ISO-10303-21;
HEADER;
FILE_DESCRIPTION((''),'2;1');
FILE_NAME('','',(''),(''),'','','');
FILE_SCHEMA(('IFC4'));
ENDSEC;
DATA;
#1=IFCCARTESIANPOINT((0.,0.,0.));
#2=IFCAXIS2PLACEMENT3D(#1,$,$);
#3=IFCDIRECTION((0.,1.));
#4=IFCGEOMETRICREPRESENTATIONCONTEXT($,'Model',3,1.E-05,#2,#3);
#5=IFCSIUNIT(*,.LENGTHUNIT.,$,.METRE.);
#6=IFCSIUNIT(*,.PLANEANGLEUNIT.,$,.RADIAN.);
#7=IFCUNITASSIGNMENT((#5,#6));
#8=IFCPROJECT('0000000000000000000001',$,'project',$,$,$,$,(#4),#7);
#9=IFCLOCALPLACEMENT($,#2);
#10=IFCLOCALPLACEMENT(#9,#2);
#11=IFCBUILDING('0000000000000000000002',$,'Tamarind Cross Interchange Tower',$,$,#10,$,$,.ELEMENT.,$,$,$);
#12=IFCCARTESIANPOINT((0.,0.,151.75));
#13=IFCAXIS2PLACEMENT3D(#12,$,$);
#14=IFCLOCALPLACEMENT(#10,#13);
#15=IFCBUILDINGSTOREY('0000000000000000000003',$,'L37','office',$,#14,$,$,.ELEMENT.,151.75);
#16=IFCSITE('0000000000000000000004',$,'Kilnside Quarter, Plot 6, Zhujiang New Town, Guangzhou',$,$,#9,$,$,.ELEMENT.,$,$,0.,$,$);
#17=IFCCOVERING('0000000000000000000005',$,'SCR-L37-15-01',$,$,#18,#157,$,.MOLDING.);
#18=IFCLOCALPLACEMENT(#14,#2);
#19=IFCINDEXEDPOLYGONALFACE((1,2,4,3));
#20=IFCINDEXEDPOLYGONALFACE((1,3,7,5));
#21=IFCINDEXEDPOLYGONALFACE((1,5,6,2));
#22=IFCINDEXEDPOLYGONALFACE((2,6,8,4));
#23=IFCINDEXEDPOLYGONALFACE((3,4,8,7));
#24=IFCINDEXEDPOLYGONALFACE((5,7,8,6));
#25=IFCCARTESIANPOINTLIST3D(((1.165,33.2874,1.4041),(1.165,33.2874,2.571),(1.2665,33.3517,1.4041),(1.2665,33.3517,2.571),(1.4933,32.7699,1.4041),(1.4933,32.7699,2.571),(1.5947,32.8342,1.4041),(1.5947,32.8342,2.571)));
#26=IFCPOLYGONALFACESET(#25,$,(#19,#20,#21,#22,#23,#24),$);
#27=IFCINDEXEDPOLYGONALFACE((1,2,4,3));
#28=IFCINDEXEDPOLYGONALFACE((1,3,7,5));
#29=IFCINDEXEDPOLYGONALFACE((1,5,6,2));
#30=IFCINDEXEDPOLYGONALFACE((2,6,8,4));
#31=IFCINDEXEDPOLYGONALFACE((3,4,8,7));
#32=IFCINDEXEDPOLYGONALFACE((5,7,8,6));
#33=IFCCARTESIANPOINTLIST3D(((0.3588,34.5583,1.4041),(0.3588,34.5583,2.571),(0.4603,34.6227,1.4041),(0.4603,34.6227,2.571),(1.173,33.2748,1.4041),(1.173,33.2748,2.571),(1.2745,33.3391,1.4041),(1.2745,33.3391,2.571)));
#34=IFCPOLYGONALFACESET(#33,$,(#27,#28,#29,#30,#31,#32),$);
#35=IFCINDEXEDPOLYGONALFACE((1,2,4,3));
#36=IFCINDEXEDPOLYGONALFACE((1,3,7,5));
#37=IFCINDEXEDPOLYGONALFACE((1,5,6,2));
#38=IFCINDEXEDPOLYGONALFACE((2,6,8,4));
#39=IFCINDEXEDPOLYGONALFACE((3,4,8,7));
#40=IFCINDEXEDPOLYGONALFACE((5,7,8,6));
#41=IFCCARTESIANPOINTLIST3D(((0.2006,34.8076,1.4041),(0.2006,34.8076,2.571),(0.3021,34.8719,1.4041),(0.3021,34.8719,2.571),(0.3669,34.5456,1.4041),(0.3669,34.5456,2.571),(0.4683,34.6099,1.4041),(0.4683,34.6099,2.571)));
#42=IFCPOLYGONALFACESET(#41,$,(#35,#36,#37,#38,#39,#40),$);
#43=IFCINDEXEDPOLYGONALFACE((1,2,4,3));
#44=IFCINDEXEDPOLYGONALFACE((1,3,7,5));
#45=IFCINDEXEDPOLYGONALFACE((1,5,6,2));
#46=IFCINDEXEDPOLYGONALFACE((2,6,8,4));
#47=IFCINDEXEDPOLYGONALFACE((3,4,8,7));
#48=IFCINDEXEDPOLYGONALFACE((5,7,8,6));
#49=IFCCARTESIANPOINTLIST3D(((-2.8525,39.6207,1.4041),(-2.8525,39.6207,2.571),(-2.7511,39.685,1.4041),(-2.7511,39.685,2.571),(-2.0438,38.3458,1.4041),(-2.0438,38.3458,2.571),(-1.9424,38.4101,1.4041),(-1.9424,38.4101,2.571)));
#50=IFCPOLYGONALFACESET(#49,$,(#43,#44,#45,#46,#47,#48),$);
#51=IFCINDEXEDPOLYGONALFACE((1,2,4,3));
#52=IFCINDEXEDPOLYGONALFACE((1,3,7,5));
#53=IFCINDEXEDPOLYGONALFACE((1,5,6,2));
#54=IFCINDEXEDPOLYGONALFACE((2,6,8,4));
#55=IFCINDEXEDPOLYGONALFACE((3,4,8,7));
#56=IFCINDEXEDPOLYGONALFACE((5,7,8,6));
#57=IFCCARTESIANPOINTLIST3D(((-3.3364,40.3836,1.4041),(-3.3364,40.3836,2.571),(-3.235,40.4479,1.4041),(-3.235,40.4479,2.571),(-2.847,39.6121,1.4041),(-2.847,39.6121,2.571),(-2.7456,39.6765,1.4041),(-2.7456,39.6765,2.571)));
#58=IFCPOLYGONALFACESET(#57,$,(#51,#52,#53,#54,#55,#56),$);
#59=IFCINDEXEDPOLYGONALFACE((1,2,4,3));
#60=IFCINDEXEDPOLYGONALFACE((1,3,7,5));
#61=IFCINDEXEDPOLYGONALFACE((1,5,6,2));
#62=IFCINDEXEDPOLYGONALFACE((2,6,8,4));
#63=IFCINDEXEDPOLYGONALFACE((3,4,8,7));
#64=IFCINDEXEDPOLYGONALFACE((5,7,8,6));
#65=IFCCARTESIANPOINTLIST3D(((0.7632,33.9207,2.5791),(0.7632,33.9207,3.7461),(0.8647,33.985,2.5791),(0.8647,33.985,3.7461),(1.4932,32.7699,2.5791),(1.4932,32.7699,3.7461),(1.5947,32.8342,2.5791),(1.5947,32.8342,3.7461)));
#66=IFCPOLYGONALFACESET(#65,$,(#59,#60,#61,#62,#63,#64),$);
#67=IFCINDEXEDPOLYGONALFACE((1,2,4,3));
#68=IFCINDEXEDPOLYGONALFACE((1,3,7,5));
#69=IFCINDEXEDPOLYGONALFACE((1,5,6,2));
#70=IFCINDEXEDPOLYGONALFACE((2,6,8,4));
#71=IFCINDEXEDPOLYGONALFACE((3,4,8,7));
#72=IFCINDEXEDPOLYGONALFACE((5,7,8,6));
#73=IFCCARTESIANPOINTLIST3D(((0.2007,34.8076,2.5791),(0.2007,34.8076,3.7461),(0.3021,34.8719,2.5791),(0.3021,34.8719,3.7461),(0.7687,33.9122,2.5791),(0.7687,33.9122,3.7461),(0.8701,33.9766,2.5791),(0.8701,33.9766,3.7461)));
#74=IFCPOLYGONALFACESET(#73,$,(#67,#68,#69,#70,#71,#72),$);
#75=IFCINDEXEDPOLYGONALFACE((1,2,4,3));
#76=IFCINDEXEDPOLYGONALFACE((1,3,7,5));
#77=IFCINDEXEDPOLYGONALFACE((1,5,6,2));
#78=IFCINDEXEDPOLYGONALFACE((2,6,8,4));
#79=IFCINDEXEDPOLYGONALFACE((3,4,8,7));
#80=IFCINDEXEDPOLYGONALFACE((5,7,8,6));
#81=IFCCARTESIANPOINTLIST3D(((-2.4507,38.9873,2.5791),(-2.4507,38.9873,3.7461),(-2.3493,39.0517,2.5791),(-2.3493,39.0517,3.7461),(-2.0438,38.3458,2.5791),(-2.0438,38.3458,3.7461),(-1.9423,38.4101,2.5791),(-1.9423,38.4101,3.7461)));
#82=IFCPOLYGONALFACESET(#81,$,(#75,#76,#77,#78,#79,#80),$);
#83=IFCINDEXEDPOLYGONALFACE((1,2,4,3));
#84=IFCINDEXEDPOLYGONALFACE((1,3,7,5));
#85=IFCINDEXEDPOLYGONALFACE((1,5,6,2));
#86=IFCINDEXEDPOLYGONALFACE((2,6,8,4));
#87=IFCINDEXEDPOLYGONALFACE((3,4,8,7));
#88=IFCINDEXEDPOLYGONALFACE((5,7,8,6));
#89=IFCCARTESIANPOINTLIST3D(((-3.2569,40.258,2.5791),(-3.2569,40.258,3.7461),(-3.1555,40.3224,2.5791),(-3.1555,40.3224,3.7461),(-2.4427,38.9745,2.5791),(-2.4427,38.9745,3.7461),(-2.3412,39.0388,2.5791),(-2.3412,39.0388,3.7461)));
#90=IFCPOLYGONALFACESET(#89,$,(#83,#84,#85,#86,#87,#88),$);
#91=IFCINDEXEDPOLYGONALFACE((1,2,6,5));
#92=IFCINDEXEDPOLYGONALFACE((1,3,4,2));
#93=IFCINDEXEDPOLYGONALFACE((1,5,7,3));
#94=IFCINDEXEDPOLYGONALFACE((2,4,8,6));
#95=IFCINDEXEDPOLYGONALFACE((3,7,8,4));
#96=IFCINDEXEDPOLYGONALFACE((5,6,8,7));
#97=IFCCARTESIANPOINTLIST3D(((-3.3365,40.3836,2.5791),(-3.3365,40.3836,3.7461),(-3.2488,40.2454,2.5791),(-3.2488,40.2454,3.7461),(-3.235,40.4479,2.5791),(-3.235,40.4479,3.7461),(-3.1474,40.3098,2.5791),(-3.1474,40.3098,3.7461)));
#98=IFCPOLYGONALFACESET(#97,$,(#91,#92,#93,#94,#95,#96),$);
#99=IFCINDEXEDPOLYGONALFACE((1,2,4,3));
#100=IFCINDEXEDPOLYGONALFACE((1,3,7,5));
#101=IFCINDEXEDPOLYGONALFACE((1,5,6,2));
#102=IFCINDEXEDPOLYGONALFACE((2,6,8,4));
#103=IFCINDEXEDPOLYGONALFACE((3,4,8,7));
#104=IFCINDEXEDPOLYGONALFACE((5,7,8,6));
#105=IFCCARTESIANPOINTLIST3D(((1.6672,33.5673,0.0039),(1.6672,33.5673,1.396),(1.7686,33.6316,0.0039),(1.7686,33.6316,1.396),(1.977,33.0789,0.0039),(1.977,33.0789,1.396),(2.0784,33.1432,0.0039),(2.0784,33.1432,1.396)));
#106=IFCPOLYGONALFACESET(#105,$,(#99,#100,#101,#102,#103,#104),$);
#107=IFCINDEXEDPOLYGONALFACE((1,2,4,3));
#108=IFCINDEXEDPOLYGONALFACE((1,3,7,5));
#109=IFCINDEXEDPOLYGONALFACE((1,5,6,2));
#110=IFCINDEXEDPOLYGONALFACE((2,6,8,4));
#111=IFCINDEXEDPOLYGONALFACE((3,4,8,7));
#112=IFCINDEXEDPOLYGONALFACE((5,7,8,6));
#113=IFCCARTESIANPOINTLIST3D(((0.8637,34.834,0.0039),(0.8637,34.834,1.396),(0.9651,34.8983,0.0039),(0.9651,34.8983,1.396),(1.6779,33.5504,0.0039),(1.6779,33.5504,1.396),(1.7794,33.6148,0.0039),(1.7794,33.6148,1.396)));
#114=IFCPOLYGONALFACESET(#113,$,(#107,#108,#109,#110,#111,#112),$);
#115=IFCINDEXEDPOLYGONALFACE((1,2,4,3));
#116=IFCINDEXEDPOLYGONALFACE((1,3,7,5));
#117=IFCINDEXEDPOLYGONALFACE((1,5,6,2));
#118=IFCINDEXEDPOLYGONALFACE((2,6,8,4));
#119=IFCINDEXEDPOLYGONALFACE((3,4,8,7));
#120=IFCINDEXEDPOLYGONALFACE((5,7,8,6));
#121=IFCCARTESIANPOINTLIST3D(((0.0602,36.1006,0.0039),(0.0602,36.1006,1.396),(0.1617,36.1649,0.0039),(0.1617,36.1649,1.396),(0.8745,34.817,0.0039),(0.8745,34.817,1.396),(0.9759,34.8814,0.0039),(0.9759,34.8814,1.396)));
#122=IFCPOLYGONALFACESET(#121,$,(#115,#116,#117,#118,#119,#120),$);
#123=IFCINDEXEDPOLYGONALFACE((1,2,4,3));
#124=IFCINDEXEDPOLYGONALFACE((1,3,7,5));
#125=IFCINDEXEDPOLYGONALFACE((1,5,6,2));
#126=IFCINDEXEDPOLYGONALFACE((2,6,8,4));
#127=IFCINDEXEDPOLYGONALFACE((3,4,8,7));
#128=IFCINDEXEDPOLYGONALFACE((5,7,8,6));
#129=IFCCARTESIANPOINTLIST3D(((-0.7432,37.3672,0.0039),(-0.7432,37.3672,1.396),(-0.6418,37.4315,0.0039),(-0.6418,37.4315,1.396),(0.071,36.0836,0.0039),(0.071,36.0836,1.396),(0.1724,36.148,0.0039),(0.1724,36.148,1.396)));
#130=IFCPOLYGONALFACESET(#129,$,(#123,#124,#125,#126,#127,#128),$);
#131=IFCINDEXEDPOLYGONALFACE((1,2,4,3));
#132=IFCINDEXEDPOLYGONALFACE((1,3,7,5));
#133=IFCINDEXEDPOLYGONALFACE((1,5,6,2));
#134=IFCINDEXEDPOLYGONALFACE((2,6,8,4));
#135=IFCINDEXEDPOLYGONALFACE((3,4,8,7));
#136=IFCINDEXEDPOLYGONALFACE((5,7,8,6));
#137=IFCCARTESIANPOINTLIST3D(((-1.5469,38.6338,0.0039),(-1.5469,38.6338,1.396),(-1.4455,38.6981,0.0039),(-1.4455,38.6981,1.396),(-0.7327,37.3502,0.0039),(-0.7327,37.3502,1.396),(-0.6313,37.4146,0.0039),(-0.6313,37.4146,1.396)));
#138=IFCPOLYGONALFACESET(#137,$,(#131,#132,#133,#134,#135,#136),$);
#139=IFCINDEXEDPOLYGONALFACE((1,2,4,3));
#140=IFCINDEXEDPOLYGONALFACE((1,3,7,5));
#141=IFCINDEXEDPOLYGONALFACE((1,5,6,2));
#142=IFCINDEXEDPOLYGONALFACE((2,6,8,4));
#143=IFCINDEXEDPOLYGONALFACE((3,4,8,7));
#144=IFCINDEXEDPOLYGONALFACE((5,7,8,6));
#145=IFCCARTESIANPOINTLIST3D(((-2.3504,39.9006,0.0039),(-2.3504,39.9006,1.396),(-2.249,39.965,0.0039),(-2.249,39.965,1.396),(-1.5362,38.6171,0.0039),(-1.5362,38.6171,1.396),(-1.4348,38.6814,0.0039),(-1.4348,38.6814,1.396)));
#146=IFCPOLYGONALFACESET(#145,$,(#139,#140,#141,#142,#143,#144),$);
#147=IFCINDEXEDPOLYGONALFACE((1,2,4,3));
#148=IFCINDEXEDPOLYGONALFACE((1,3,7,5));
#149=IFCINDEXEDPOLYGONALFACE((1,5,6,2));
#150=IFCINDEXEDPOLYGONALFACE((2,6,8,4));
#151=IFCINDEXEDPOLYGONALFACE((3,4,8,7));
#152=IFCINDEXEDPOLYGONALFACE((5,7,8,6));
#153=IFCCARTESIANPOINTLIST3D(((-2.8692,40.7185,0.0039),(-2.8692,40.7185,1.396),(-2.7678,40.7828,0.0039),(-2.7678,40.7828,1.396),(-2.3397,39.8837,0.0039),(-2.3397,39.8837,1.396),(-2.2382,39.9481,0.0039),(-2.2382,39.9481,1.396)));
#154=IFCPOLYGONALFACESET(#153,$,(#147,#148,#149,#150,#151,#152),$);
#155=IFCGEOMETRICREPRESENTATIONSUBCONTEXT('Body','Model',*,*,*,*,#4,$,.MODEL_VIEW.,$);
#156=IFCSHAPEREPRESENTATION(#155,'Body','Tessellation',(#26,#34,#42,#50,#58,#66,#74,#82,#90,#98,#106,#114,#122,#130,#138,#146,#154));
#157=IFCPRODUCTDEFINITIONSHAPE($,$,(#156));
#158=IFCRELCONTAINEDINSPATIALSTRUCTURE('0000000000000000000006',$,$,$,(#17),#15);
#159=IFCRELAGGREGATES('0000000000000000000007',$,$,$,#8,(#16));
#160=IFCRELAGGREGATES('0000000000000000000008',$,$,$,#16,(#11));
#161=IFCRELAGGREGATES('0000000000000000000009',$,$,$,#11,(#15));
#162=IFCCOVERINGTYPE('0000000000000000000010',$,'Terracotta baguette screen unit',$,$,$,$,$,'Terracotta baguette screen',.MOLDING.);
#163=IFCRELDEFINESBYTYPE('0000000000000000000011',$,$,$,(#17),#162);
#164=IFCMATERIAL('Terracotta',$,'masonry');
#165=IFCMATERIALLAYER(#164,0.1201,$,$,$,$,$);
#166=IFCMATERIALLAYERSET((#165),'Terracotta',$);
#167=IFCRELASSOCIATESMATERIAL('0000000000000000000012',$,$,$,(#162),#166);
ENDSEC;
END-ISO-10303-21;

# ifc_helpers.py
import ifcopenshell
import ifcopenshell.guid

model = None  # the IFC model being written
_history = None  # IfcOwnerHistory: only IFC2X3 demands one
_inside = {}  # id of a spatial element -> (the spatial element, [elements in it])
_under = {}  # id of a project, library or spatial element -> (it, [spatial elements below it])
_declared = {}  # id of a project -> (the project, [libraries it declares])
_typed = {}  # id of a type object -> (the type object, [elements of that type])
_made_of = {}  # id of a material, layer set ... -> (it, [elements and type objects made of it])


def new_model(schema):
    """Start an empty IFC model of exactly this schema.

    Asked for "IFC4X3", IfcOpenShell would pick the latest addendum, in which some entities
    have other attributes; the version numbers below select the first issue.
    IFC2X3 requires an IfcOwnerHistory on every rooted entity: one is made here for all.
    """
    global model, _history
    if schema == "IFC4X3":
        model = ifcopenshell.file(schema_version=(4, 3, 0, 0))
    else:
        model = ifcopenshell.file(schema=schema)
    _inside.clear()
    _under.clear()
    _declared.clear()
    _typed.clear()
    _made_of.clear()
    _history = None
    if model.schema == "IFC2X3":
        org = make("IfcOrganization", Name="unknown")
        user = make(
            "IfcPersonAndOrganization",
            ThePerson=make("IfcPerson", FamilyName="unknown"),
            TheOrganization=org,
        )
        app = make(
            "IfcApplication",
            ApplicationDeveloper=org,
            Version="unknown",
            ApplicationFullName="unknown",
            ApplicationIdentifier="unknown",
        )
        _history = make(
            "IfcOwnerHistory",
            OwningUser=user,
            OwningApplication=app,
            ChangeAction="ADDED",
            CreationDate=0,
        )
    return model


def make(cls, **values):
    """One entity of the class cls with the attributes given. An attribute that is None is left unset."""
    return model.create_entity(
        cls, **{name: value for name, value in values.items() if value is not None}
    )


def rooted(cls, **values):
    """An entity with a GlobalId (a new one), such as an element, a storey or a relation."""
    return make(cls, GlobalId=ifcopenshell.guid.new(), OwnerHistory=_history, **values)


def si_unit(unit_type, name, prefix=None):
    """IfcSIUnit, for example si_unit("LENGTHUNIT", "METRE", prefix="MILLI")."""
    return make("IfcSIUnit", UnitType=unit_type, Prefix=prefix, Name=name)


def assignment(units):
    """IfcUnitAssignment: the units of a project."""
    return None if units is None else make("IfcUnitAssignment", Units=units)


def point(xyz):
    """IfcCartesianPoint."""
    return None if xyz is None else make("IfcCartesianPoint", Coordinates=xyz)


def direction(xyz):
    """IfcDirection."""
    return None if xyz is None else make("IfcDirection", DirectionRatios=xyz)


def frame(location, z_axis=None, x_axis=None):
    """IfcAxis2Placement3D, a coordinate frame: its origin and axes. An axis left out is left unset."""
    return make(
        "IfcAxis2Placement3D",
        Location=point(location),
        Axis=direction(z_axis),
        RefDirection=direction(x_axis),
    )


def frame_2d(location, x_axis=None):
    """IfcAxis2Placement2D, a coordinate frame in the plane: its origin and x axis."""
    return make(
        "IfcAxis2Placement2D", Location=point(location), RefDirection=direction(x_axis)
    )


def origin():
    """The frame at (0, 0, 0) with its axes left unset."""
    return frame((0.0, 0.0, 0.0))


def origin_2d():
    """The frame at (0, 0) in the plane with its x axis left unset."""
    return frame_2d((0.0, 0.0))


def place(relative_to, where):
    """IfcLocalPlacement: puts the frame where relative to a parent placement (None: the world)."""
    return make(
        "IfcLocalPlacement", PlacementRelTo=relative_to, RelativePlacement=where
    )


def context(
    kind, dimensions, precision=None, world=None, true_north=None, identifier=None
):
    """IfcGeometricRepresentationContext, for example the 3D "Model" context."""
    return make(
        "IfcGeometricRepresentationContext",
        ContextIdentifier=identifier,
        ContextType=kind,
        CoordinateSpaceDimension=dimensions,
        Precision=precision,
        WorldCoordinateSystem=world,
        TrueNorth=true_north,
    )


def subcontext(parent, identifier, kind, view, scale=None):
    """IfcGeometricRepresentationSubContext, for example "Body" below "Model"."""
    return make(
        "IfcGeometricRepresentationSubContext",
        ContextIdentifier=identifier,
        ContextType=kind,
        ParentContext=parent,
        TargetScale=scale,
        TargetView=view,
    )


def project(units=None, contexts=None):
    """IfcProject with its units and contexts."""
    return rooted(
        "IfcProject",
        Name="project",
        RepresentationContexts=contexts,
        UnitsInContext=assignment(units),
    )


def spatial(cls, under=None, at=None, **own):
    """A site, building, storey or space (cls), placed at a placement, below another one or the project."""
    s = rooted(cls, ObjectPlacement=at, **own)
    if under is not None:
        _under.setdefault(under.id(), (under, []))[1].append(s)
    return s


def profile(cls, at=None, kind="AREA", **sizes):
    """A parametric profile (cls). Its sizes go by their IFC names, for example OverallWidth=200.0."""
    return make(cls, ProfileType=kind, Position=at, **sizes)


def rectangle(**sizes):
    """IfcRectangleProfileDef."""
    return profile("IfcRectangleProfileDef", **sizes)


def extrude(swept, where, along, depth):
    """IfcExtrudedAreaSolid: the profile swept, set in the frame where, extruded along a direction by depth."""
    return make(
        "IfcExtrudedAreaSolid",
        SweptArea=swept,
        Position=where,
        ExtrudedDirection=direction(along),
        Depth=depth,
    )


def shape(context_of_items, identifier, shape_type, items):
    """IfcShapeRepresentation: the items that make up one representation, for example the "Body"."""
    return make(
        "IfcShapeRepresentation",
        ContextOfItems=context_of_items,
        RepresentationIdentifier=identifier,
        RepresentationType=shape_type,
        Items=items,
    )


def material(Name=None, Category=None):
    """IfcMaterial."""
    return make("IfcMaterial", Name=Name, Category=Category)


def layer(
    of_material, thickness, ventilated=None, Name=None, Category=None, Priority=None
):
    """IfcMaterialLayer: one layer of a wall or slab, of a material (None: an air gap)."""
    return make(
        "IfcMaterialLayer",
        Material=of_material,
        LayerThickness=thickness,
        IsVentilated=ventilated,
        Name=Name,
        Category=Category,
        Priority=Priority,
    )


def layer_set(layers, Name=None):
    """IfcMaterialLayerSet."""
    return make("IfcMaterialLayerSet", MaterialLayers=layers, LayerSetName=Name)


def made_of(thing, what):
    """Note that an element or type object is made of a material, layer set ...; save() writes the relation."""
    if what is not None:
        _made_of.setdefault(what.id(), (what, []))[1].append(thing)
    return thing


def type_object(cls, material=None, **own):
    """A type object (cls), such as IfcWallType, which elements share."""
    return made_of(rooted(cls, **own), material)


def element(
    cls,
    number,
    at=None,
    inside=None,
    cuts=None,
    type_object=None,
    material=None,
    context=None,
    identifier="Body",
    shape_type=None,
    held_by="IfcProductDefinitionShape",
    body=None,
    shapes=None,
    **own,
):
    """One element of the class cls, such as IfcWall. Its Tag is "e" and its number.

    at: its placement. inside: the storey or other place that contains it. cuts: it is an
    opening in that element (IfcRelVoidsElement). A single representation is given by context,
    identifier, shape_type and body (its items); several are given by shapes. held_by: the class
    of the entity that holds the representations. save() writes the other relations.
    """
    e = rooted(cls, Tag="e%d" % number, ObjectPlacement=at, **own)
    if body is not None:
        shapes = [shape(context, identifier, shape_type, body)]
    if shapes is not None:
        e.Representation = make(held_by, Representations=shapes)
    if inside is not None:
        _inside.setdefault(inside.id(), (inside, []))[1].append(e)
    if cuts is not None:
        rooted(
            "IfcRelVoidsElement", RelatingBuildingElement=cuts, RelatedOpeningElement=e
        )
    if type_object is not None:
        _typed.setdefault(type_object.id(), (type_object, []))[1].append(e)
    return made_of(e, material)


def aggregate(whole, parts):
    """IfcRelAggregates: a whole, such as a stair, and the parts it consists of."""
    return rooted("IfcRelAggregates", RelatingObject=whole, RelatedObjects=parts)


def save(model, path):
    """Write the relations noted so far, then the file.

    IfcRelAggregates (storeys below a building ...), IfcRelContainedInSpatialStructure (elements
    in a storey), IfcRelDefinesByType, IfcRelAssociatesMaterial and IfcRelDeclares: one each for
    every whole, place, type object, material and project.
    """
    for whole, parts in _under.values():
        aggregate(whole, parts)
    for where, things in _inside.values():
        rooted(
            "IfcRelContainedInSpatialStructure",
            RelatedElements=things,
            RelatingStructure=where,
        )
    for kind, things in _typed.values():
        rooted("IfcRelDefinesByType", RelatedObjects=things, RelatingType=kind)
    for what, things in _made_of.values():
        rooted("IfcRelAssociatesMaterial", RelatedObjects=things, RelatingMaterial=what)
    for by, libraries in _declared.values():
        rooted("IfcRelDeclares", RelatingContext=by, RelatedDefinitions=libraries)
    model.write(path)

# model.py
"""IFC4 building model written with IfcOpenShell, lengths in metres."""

from ifc_helpers import new_model, si_unit, direction, frame, origin, origin_2d, place, context, subcontext, project, spatial, rectangle, extrude, material, layer, layer_set, type_object, element, save


model = new_model("IFC4")

# Units and contexts
model_context = context("Model", 3, precision=1e-05, world=origin(), true_north=direction((0.0, 1.0)))
body_context = subcontext(model_context, "Body", "Model", "MODEL_VIEW")
ifc_project = project(units=[si_unit("LENGTHUNIT", "METRE"), si_unit("PLANEANGLEUNIT", "RADIAN")], contexts=[model_context])

# Site, building, storey
site_placement = place(None, origin())
site = spatial("IfcSite", under=ifc_project, at=site_placement, Name="Kilnside Quarter, Plot 6, Zhujiang New Town, Guangzhou", CompositionType="ELEMENT", RefElevation=0.0)
building_placement = place(site_placement, origin())
building = spatial("IfcBuilding", under=site, at=building_placement, Name="Tamarind Cross Interchange Tower", CompositionType="ELEMENT")
storey_placement = place(building_placement, frame((0.0, 0.0, 151.75)))
storey = spatial("IfcBuildingStorey", under=building, at=storey_placement, Name="L37", Description="office", CompositionType="ELEMENT", Elevation=151.75)

# Covering
ifc_material_1 = material(Name="Terracotta", Category="masonry")
ifc_layer_1 = layer(ifc_material_1, 0.1201)
ifc_layer_set_1 = layer_set([ifc_layer_1], Name="Terracotta")
covering_type = type_object("IfcCoveringType", Name="Terracotta baguette screen unit", ElementType="Terracotta baguette screen", PredefinedType="MOLDING", material=ifc_layer_set_1)
covering_1_placement = place(storey_placement, origin())
element("IfcCovering", 1, at=covering_1_placement, inside=storey, type_object=covering_type, Name="SCR-L37-15-01", PredefinedType="MOLDING", context=body_context, shape_type="SweptSolid", body=[
    extrude(rectangle(XDim=0.6128, YDim=0.1201, at=origin_2d()), frame((1.3799, 33.0608, 1.4041), z_axis=(0.0, 0.0, 1.0), x_axis=(-0.535662, 0.844433, 0.0)), (0.0, 0.0, 1.0), 1.167),
    extrude(rectangle(XDim=1.52, YDim=0.1201, at=origin_2d()), frame((0.8167, 33.9487, 1.4041), z_axis=(0.0, 0.0, 1.0), x_axis=(-0.535662, 0.844433, 0.0)), (0.0, 0.0, 1.0), 1.167),
    extrude(rectangle(XDim=0.3103, YDim=0.1201, at=origin_2d()), frame((0.3345, 34.7087, 1.4041), z_axis=(0.0, 0.0, 1.0), x_axis=(-0.535662, 0.844433, 0.0)), (0.0, 0.0, 1.0), 1.167),
    extrude(rectangle(XDim=1.5098, YDim=0.1201, at=origin_2d()), frame((-2.3975, 39.0154, 1.4041), z_axis=(0.0, 0.0, 1.0), x_axis=(-0.535662, 0.844433, 0.0)), (0.0, 0.0, 1.0), 1.167),
    extrude(rectangle(XDim=0.9136, YDim=0.1201, at=origin_2d()), frame((-3.041, 40.03, 1.4041), z_axis=(0.0, 0.0, 1.0), x_axis=(-0.535662, 0.844433, 0.0)), (0.0, 0.0, 1.0), 1.167),
    extrude(rectangle(XDim=1.3628, YDim=0.1201, at=origin_2d()), frame((1.179, 33.3774, 2.5791), z_axis=(0.0, 0.0, 1.0), x_axis=(-0.535662, 0.844433, 0.0)), (0.0, 0.0, 1.0), 1.167),
    extrude(rectangle(XDim=1.0603, YDim=0.1201, at=origin_2d()), frame((0.5354, 34.3921, 2.5791), z_axis=(0.0, 0.0, 1.0), x_axis=(-0.535662, 0.844433, 0.0)), (0.0, 0.0, 1.0), 1.167),
    extrude(rectangle(XDim=0.7598, YDim=0.1201, at=origin_2d()), frame((-2.1965, 38.6987, 2.5791), z_axis=(0.0, 0.0, 1.0), x_axis=(-0.535662, 0.844433, 0.0)), (0.0, 0.0, 1.0), 1.167),
    extrude(rectangle(XDim=1.52, YDim=0.1201, at=origin_2d()), frame((-2.7991, 39.6484, 2.5791), z_axis=(0.0, 0.0, 1.0), x_axis=(-0.535662, 0.844433, 0.0)), (0.0, 0.0, 1.0), 1.167),
    extrude(rectangle(XDim=0.1636, YDim=0.1201, at=origin_2d()), frame((-3.2419, 40.3467, 2.5791), z_axis=(0.0, 0.0, 1.0), x_axis=(-0.535662, 0.844433, 0.0)), (0.0, 0.0, 1.0), 1.167),
    extrude(rectangle(XDim=0.5784, YDim=0.1201, at=origin_2d()), frame((1.8728, 33.3552, 0.0039), z_axis=(0.0, 0.0, 1.0), x_axis=(-0.535662, 0.844433, 0.0)), (0.0, 0.0, 1.0), 1.3921),
    extrude(rectangle(XDim=1.52, YDim=0.1201, at=origin_2d()), frame((1.3215, 34.2244, 0.0039), z_axis=(0.0, 0.0, 1.0), x_axis=(-0.535662, 0.844433, 0.0)), (0.0, 0.0, 1.0), 1.3921),
    extrude(rectangle(XDim=1.52, YDim=0.1201, at=origin_2d()), frame((0.5181, 35.491, 0.0039), z_axis=(0.0, 0.0, 1.0), x_axis=(-0.535662, 0.844433, 0.0)), (0.0, 0.0, 1.0), 1.3921),
    extrude(rectangle(XDim=1.52, YDim=0.1201, at=origin_2d()), frame((-0.2854, 36.7576, 0.0039), z_axis=(0.0, 0.0, 1.0), x_axis=(-0.535662, 0.844433, 0.0)), (0.0, 0.0, 1.0), 1.3921),
    extrude(rectangle(XDim=1.52, YDim=0.1201, at=origin_2d()), frame((-1.0891, 38.0242, 0.0039), z_axis=(0.0, 0.0, 1.0), x_axis=(-0.535662, 0.844433, 0.0)), (0.0, 0.0, 1.0), 1.3921),
    extrude(rectangle(XDim=1.52, YDim=0.1201, at=origin_2d()), frame((-1.8926, 39.291, 0.0039), z_axis=(0.0, 0.0, 1.0), x_axis=(-0.535662, 0.844433, 0.0)), (0.0, 0.0, 1.0), 1.3921),
    extrude(rectangle(XDim=0.9885, YDim=0.1201, at=origin_2d()), frame((-2.5537, 40.3333, 0.0039), z_axis=(0.0, 0.0, 1.0), x_axis=(-0.535662, 0.844433, 0.0)), (0.0, 0.0, 1.0), 1.3921),
])

save(model, "model.ifc")
